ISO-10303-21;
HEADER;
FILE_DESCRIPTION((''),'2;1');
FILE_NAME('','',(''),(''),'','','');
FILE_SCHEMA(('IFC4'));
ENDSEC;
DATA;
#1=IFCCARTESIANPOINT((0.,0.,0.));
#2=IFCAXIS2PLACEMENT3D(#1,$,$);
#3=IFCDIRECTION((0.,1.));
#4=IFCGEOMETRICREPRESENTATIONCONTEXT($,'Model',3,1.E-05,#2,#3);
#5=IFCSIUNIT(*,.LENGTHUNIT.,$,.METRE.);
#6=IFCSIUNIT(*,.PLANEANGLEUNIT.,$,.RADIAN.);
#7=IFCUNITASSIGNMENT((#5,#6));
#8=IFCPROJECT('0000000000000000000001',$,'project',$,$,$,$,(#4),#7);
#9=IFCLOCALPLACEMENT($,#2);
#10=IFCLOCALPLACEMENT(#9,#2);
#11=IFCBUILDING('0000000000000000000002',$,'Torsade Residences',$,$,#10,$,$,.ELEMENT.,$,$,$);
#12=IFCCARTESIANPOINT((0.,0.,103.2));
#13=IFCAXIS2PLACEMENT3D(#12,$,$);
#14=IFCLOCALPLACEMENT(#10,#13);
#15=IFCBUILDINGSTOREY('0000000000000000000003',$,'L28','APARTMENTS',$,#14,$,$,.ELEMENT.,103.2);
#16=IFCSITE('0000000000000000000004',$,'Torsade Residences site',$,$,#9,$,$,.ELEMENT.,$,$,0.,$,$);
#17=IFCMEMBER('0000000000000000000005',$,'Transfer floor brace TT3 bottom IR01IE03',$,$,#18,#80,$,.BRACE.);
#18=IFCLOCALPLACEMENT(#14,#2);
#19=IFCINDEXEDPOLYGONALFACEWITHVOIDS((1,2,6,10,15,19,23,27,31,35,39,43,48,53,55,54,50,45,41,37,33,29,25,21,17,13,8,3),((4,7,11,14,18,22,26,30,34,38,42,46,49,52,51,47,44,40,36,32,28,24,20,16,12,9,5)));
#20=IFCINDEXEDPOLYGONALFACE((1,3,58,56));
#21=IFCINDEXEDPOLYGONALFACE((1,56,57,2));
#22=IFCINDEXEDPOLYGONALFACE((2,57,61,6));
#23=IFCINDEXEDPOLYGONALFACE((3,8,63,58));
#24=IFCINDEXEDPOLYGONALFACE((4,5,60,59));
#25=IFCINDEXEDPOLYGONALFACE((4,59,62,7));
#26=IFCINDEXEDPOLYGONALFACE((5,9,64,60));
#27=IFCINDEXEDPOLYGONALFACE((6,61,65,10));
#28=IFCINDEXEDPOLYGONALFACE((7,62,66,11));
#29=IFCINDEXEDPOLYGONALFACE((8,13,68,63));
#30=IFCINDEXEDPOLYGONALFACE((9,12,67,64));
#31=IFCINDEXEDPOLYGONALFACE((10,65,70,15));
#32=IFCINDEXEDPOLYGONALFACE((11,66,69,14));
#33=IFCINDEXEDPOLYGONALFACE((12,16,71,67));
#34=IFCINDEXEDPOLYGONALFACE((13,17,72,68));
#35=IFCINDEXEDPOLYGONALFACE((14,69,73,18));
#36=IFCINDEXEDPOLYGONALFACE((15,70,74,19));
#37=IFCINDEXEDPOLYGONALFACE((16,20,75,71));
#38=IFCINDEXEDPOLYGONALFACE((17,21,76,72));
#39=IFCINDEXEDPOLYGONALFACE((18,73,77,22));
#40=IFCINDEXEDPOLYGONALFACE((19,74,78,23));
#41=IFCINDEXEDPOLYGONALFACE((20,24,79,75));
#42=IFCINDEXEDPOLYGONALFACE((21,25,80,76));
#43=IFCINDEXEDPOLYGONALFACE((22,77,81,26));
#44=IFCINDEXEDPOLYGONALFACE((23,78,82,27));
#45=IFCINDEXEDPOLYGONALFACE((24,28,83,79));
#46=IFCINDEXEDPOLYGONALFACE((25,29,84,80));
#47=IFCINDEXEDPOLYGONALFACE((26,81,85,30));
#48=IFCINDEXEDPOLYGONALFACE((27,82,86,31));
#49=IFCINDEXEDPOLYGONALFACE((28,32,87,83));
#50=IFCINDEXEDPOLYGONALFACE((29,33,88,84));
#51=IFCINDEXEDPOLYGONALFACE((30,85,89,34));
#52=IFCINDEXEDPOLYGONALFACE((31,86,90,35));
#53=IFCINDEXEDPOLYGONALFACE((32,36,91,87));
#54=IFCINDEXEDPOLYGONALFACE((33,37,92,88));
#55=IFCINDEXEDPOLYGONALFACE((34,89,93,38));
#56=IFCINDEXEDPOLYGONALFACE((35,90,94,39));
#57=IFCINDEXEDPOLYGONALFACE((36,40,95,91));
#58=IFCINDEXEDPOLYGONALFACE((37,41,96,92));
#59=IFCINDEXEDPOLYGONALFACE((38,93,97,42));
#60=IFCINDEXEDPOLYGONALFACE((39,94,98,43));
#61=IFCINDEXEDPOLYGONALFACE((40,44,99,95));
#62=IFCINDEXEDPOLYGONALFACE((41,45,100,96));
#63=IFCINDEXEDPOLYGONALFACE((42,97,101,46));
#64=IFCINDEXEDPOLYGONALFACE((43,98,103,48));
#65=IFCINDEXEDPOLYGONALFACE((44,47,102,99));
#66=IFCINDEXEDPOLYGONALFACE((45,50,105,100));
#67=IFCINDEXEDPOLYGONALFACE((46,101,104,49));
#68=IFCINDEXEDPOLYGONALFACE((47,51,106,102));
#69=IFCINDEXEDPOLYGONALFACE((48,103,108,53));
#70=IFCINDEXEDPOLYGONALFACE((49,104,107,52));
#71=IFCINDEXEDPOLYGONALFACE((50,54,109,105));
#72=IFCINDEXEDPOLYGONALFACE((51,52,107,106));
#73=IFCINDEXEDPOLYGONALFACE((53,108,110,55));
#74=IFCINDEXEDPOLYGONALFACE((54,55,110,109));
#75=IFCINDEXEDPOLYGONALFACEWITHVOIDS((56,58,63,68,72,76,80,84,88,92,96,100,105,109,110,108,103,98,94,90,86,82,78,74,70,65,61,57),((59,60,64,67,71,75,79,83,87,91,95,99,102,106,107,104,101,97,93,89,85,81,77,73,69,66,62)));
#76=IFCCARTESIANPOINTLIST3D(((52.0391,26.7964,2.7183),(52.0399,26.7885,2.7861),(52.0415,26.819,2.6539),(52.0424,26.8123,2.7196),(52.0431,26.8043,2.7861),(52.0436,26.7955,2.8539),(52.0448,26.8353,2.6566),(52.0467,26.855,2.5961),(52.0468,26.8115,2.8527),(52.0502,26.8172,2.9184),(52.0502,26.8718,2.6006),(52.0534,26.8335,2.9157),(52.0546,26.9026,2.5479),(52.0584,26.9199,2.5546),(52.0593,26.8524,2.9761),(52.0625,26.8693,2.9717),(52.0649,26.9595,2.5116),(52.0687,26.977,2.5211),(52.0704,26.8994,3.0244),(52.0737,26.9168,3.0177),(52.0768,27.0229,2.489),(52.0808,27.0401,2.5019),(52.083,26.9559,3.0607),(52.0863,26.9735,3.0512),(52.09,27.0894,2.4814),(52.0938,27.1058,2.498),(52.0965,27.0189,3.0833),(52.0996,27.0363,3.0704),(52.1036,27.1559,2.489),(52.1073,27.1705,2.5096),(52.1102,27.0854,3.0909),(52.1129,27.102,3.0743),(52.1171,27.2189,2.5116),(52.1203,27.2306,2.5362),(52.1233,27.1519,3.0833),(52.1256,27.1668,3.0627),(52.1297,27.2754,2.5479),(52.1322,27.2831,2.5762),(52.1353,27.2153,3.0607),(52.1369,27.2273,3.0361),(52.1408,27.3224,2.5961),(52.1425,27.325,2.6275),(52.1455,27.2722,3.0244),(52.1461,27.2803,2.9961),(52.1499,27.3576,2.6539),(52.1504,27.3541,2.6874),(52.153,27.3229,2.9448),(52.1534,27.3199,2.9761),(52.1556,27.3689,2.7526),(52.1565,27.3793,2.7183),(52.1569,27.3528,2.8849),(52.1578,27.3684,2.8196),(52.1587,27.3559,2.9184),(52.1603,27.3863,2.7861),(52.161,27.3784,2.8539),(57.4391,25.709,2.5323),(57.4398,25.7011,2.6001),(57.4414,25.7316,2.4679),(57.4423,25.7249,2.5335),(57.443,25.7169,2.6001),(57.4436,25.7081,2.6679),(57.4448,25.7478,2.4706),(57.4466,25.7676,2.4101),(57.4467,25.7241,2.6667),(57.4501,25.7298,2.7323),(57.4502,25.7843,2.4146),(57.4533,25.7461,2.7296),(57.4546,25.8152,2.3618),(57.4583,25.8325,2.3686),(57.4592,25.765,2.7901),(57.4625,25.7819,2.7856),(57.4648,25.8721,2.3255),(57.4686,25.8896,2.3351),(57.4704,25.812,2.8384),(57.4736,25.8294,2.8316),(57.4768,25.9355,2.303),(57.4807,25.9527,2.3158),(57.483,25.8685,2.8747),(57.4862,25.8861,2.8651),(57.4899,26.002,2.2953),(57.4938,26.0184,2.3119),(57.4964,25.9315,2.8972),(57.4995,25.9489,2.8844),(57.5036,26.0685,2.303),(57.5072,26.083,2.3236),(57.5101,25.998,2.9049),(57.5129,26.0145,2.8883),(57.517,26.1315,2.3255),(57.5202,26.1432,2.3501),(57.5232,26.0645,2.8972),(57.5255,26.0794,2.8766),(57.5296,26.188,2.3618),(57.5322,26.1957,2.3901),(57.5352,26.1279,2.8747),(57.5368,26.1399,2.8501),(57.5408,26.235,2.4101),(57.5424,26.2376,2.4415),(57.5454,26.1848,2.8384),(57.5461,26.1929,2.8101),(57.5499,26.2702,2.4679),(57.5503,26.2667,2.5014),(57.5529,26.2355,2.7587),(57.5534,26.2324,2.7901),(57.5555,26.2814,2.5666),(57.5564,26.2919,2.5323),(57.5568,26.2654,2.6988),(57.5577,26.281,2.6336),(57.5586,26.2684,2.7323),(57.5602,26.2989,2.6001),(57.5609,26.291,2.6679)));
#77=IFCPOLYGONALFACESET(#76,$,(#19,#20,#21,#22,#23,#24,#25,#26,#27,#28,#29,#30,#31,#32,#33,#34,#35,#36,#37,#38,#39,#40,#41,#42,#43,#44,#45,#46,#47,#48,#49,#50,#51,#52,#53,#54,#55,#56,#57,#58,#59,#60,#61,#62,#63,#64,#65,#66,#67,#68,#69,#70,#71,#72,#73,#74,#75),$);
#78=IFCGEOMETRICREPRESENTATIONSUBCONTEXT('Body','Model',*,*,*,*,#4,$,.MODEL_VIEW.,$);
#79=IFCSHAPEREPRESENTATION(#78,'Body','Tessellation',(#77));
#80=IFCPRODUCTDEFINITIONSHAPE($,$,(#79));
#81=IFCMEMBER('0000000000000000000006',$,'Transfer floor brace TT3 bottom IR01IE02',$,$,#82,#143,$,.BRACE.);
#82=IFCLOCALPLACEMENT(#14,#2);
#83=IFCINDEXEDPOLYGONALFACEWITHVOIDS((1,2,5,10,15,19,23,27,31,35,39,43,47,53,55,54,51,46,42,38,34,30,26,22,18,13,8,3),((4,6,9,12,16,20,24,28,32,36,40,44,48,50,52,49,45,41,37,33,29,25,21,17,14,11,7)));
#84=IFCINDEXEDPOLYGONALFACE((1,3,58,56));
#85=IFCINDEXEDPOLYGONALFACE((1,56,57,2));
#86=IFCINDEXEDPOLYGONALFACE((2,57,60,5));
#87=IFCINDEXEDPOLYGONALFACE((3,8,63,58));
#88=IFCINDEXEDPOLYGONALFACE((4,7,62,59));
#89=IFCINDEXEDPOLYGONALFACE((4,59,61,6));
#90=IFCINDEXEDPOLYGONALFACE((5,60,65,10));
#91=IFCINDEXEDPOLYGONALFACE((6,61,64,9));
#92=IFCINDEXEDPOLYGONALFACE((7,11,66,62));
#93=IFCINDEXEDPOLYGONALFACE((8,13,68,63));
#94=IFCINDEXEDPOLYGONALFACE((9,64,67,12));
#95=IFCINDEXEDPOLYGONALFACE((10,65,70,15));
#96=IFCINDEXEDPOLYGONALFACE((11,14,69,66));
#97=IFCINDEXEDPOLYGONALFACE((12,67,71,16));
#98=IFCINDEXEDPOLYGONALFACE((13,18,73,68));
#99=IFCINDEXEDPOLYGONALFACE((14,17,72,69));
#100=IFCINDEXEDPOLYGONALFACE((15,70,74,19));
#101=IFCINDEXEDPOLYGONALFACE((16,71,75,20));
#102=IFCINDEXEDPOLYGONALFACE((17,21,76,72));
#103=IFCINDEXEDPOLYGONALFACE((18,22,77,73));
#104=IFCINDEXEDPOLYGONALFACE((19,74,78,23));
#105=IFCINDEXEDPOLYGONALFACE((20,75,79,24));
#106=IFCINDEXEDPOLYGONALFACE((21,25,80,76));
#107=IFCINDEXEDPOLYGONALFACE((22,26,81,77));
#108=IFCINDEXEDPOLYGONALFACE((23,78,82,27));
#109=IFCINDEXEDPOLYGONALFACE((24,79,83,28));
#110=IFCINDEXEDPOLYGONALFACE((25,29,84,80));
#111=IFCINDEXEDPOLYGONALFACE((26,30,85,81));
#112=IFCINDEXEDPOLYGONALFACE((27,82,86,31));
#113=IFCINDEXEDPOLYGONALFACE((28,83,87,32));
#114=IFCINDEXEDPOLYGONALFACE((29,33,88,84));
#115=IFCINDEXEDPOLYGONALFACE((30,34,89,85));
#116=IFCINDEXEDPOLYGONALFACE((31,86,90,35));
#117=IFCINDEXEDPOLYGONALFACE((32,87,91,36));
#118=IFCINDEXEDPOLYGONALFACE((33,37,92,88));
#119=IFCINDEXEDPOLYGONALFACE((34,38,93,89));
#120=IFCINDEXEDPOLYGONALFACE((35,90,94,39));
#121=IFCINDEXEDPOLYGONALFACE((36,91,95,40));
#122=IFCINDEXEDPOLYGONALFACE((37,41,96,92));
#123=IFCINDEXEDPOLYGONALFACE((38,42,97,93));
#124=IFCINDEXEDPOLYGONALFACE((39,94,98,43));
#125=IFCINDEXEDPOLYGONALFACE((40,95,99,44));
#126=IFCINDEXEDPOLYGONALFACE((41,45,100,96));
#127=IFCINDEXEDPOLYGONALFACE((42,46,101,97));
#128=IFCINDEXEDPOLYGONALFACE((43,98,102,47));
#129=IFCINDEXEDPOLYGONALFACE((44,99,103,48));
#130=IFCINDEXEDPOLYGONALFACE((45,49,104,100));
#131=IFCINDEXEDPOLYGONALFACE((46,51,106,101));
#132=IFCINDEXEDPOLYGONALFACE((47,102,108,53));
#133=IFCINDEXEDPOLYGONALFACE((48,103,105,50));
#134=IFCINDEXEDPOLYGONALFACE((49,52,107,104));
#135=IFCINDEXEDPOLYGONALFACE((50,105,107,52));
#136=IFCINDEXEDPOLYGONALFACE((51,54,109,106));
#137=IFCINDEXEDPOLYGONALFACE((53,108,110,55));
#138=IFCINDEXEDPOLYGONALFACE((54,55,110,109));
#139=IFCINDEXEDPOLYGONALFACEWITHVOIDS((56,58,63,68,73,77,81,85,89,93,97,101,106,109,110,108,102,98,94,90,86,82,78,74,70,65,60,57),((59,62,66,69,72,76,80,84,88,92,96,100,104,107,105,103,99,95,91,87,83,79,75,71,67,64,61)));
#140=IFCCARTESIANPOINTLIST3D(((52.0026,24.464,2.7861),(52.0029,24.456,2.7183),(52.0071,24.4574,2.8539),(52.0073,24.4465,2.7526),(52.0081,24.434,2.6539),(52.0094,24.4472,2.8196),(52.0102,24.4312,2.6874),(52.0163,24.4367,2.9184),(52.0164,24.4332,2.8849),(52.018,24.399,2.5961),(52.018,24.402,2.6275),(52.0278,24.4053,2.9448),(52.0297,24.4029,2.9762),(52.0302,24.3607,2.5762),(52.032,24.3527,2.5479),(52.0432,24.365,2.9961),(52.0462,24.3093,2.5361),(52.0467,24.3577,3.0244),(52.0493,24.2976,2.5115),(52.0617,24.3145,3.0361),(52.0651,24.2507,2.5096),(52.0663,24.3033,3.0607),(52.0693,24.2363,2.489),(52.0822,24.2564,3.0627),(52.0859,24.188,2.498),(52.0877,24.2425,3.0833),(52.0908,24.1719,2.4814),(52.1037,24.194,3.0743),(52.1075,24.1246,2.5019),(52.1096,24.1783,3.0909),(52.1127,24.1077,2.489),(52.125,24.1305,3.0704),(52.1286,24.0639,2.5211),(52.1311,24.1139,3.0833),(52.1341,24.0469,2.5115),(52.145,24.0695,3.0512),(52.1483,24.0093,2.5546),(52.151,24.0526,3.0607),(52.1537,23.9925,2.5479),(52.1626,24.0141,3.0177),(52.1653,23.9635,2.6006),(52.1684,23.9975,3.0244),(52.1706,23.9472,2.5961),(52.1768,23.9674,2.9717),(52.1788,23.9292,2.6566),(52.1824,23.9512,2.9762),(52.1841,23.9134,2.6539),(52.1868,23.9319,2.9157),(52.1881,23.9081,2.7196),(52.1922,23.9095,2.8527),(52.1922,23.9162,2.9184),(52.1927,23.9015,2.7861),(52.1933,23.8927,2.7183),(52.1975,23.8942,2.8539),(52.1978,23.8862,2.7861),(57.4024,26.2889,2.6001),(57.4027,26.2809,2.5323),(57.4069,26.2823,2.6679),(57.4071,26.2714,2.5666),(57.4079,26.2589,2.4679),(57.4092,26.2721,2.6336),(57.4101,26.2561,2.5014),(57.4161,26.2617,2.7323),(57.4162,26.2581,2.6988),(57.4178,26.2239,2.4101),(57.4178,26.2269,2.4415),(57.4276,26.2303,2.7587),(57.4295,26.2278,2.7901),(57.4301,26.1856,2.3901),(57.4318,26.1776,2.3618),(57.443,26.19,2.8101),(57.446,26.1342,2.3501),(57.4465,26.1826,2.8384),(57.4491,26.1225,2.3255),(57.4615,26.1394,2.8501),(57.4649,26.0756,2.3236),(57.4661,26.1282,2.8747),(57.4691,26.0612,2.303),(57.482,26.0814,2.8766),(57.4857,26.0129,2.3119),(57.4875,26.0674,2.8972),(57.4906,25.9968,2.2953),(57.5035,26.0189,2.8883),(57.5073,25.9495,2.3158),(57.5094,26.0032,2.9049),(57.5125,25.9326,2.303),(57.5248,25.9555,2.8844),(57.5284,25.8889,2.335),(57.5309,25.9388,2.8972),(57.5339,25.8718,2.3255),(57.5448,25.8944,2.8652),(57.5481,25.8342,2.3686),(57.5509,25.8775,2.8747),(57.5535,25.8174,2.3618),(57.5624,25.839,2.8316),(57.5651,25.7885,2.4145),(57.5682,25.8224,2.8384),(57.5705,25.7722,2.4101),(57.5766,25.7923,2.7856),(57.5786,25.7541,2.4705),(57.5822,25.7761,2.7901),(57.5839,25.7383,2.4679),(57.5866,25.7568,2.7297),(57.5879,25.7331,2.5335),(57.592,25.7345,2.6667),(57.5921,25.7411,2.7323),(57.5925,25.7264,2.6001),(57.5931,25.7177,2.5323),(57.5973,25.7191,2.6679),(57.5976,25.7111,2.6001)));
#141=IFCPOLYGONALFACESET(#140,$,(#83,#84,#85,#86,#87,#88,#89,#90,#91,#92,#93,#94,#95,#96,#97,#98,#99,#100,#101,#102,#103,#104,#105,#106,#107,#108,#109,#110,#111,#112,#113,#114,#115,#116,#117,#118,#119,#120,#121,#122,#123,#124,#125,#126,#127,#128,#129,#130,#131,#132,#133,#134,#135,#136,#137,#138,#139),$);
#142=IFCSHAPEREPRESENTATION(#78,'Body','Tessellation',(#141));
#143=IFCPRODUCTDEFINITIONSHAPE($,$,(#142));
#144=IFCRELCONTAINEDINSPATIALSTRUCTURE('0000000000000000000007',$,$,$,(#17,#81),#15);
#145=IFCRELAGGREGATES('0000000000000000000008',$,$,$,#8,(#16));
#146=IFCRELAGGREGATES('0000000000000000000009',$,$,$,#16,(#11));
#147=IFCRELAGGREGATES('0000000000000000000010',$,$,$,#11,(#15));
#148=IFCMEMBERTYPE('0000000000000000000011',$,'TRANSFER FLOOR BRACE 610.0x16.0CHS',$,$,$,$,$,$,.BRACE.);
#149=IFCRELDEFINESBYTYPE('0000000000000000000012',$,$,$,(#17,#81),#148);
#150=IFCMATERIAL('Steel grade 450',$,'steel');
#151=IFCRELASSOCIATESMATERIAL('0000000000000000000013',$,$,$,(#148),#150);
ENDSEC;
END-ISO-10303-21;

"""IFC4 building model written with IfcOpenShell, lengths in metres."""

from ifc_helpers import new_model, si_unit, direction, frame, origin, origin_2d, place, context, subcontext, project, spatial, hollow_circle, extrude, material, material_profile, profile_set, type_object, element, save


model = new_model("IFC4")

# Units and contexts
model_context = context("Model", 3, precision=1e-05, world=origin(), true_north=direction((0.0, 1.0)))
body_context = subcontext(model_context, "Body", "Model", "MODEL_VIEW")
ifc_project = project(units=[si_unit("LENGTHUNIT", "METRE"), si_unit("PLANEANGLEUNIT", "RADIAN")], contexts=[model_context])

# Site, building, storey
site_placement = place(None, origin())
site = spatial("IfcSite", under=ifc_project, at=site_placement, Name="Torsade Residences site", CompositionType="ELEMENT", RefElevation=0.0)
building_placement = place(site_placement, origin())
building = spatial("IfcBuilding", under=site, at=building_placement, Name="Torsade Residences", CompositionType="ELEMENT")
storey_placement = place(building_placement, frame((0.0, 0.0, 103.2)))
storey = spatial("IfcBuildingStorey", under=building, at=storey_placement, Name="L28", Description="APARTMENTS", CompositionType="ELEMENT", Elevation=103.2)

# Members
ifc_material_1 = material(Name="Steel grade 450", Category="steel")
ifc_material_profile_1 = material_profile(ifc_material_1, hollow_circle(Radius=0.3049, WallThickness=0.0161, at=origin_2d()), Name="610.0x16.0CHS")
ifc_profile_set_1 = profile_set([ifc_material_profile_1], Name="Steel grade 450")
member_type_1 = type_object("IfcMemberType", Name="TRANSFER FLOOR BRACE 610.0x16.0CHS", PredefinedType="BRACE", material=ifc_profile_set_1)
member_1_placement = place(storey_placement, frame((57.5, 26.0, 2.6001), z_axis=(-0.979762, 0.197299, 0.033754), x_axis=(-0.197412, -0.980321, 0.0)))
element("IfcMember", 1, at=member_1_placement, inside=storey, type_object=member_type_1, Name="Transfer floor brace TT3 bottom IR01IE03", PredefinedType="BRACE", context=body_context, shape_type="SweptSolid", body=[
    extrude(hollow_circle(Radius=0.3049, WallThickness=0.0161, at=origin_2d()), origin(), (0.0, 0.0, 1.0), 5.5115),
])
member_2_placement = place(storey_placement, frame((57.5, 26.0, 2.6001), z_axis=(-0.946856, -0.319999, 0.032621), x_axis=(0.32017, -0.94736, 0.0)))
element("IfcMember", 2, at=member_2_placement, inside=storey, type_object=member_type_1, Name="Transfer floor brace TT3 bottom IR01IE02", PredefinedType="BRACE", context=body_context, shape_type="SweptSolid", body=[
    extrude(hollow_circle(Radius=0.3049, WallThickness=0.0161, at=origin_2d()), origin(), (0.0, 0.0, 1.0), 5.7029),
])

save(model, "model.ifc")
